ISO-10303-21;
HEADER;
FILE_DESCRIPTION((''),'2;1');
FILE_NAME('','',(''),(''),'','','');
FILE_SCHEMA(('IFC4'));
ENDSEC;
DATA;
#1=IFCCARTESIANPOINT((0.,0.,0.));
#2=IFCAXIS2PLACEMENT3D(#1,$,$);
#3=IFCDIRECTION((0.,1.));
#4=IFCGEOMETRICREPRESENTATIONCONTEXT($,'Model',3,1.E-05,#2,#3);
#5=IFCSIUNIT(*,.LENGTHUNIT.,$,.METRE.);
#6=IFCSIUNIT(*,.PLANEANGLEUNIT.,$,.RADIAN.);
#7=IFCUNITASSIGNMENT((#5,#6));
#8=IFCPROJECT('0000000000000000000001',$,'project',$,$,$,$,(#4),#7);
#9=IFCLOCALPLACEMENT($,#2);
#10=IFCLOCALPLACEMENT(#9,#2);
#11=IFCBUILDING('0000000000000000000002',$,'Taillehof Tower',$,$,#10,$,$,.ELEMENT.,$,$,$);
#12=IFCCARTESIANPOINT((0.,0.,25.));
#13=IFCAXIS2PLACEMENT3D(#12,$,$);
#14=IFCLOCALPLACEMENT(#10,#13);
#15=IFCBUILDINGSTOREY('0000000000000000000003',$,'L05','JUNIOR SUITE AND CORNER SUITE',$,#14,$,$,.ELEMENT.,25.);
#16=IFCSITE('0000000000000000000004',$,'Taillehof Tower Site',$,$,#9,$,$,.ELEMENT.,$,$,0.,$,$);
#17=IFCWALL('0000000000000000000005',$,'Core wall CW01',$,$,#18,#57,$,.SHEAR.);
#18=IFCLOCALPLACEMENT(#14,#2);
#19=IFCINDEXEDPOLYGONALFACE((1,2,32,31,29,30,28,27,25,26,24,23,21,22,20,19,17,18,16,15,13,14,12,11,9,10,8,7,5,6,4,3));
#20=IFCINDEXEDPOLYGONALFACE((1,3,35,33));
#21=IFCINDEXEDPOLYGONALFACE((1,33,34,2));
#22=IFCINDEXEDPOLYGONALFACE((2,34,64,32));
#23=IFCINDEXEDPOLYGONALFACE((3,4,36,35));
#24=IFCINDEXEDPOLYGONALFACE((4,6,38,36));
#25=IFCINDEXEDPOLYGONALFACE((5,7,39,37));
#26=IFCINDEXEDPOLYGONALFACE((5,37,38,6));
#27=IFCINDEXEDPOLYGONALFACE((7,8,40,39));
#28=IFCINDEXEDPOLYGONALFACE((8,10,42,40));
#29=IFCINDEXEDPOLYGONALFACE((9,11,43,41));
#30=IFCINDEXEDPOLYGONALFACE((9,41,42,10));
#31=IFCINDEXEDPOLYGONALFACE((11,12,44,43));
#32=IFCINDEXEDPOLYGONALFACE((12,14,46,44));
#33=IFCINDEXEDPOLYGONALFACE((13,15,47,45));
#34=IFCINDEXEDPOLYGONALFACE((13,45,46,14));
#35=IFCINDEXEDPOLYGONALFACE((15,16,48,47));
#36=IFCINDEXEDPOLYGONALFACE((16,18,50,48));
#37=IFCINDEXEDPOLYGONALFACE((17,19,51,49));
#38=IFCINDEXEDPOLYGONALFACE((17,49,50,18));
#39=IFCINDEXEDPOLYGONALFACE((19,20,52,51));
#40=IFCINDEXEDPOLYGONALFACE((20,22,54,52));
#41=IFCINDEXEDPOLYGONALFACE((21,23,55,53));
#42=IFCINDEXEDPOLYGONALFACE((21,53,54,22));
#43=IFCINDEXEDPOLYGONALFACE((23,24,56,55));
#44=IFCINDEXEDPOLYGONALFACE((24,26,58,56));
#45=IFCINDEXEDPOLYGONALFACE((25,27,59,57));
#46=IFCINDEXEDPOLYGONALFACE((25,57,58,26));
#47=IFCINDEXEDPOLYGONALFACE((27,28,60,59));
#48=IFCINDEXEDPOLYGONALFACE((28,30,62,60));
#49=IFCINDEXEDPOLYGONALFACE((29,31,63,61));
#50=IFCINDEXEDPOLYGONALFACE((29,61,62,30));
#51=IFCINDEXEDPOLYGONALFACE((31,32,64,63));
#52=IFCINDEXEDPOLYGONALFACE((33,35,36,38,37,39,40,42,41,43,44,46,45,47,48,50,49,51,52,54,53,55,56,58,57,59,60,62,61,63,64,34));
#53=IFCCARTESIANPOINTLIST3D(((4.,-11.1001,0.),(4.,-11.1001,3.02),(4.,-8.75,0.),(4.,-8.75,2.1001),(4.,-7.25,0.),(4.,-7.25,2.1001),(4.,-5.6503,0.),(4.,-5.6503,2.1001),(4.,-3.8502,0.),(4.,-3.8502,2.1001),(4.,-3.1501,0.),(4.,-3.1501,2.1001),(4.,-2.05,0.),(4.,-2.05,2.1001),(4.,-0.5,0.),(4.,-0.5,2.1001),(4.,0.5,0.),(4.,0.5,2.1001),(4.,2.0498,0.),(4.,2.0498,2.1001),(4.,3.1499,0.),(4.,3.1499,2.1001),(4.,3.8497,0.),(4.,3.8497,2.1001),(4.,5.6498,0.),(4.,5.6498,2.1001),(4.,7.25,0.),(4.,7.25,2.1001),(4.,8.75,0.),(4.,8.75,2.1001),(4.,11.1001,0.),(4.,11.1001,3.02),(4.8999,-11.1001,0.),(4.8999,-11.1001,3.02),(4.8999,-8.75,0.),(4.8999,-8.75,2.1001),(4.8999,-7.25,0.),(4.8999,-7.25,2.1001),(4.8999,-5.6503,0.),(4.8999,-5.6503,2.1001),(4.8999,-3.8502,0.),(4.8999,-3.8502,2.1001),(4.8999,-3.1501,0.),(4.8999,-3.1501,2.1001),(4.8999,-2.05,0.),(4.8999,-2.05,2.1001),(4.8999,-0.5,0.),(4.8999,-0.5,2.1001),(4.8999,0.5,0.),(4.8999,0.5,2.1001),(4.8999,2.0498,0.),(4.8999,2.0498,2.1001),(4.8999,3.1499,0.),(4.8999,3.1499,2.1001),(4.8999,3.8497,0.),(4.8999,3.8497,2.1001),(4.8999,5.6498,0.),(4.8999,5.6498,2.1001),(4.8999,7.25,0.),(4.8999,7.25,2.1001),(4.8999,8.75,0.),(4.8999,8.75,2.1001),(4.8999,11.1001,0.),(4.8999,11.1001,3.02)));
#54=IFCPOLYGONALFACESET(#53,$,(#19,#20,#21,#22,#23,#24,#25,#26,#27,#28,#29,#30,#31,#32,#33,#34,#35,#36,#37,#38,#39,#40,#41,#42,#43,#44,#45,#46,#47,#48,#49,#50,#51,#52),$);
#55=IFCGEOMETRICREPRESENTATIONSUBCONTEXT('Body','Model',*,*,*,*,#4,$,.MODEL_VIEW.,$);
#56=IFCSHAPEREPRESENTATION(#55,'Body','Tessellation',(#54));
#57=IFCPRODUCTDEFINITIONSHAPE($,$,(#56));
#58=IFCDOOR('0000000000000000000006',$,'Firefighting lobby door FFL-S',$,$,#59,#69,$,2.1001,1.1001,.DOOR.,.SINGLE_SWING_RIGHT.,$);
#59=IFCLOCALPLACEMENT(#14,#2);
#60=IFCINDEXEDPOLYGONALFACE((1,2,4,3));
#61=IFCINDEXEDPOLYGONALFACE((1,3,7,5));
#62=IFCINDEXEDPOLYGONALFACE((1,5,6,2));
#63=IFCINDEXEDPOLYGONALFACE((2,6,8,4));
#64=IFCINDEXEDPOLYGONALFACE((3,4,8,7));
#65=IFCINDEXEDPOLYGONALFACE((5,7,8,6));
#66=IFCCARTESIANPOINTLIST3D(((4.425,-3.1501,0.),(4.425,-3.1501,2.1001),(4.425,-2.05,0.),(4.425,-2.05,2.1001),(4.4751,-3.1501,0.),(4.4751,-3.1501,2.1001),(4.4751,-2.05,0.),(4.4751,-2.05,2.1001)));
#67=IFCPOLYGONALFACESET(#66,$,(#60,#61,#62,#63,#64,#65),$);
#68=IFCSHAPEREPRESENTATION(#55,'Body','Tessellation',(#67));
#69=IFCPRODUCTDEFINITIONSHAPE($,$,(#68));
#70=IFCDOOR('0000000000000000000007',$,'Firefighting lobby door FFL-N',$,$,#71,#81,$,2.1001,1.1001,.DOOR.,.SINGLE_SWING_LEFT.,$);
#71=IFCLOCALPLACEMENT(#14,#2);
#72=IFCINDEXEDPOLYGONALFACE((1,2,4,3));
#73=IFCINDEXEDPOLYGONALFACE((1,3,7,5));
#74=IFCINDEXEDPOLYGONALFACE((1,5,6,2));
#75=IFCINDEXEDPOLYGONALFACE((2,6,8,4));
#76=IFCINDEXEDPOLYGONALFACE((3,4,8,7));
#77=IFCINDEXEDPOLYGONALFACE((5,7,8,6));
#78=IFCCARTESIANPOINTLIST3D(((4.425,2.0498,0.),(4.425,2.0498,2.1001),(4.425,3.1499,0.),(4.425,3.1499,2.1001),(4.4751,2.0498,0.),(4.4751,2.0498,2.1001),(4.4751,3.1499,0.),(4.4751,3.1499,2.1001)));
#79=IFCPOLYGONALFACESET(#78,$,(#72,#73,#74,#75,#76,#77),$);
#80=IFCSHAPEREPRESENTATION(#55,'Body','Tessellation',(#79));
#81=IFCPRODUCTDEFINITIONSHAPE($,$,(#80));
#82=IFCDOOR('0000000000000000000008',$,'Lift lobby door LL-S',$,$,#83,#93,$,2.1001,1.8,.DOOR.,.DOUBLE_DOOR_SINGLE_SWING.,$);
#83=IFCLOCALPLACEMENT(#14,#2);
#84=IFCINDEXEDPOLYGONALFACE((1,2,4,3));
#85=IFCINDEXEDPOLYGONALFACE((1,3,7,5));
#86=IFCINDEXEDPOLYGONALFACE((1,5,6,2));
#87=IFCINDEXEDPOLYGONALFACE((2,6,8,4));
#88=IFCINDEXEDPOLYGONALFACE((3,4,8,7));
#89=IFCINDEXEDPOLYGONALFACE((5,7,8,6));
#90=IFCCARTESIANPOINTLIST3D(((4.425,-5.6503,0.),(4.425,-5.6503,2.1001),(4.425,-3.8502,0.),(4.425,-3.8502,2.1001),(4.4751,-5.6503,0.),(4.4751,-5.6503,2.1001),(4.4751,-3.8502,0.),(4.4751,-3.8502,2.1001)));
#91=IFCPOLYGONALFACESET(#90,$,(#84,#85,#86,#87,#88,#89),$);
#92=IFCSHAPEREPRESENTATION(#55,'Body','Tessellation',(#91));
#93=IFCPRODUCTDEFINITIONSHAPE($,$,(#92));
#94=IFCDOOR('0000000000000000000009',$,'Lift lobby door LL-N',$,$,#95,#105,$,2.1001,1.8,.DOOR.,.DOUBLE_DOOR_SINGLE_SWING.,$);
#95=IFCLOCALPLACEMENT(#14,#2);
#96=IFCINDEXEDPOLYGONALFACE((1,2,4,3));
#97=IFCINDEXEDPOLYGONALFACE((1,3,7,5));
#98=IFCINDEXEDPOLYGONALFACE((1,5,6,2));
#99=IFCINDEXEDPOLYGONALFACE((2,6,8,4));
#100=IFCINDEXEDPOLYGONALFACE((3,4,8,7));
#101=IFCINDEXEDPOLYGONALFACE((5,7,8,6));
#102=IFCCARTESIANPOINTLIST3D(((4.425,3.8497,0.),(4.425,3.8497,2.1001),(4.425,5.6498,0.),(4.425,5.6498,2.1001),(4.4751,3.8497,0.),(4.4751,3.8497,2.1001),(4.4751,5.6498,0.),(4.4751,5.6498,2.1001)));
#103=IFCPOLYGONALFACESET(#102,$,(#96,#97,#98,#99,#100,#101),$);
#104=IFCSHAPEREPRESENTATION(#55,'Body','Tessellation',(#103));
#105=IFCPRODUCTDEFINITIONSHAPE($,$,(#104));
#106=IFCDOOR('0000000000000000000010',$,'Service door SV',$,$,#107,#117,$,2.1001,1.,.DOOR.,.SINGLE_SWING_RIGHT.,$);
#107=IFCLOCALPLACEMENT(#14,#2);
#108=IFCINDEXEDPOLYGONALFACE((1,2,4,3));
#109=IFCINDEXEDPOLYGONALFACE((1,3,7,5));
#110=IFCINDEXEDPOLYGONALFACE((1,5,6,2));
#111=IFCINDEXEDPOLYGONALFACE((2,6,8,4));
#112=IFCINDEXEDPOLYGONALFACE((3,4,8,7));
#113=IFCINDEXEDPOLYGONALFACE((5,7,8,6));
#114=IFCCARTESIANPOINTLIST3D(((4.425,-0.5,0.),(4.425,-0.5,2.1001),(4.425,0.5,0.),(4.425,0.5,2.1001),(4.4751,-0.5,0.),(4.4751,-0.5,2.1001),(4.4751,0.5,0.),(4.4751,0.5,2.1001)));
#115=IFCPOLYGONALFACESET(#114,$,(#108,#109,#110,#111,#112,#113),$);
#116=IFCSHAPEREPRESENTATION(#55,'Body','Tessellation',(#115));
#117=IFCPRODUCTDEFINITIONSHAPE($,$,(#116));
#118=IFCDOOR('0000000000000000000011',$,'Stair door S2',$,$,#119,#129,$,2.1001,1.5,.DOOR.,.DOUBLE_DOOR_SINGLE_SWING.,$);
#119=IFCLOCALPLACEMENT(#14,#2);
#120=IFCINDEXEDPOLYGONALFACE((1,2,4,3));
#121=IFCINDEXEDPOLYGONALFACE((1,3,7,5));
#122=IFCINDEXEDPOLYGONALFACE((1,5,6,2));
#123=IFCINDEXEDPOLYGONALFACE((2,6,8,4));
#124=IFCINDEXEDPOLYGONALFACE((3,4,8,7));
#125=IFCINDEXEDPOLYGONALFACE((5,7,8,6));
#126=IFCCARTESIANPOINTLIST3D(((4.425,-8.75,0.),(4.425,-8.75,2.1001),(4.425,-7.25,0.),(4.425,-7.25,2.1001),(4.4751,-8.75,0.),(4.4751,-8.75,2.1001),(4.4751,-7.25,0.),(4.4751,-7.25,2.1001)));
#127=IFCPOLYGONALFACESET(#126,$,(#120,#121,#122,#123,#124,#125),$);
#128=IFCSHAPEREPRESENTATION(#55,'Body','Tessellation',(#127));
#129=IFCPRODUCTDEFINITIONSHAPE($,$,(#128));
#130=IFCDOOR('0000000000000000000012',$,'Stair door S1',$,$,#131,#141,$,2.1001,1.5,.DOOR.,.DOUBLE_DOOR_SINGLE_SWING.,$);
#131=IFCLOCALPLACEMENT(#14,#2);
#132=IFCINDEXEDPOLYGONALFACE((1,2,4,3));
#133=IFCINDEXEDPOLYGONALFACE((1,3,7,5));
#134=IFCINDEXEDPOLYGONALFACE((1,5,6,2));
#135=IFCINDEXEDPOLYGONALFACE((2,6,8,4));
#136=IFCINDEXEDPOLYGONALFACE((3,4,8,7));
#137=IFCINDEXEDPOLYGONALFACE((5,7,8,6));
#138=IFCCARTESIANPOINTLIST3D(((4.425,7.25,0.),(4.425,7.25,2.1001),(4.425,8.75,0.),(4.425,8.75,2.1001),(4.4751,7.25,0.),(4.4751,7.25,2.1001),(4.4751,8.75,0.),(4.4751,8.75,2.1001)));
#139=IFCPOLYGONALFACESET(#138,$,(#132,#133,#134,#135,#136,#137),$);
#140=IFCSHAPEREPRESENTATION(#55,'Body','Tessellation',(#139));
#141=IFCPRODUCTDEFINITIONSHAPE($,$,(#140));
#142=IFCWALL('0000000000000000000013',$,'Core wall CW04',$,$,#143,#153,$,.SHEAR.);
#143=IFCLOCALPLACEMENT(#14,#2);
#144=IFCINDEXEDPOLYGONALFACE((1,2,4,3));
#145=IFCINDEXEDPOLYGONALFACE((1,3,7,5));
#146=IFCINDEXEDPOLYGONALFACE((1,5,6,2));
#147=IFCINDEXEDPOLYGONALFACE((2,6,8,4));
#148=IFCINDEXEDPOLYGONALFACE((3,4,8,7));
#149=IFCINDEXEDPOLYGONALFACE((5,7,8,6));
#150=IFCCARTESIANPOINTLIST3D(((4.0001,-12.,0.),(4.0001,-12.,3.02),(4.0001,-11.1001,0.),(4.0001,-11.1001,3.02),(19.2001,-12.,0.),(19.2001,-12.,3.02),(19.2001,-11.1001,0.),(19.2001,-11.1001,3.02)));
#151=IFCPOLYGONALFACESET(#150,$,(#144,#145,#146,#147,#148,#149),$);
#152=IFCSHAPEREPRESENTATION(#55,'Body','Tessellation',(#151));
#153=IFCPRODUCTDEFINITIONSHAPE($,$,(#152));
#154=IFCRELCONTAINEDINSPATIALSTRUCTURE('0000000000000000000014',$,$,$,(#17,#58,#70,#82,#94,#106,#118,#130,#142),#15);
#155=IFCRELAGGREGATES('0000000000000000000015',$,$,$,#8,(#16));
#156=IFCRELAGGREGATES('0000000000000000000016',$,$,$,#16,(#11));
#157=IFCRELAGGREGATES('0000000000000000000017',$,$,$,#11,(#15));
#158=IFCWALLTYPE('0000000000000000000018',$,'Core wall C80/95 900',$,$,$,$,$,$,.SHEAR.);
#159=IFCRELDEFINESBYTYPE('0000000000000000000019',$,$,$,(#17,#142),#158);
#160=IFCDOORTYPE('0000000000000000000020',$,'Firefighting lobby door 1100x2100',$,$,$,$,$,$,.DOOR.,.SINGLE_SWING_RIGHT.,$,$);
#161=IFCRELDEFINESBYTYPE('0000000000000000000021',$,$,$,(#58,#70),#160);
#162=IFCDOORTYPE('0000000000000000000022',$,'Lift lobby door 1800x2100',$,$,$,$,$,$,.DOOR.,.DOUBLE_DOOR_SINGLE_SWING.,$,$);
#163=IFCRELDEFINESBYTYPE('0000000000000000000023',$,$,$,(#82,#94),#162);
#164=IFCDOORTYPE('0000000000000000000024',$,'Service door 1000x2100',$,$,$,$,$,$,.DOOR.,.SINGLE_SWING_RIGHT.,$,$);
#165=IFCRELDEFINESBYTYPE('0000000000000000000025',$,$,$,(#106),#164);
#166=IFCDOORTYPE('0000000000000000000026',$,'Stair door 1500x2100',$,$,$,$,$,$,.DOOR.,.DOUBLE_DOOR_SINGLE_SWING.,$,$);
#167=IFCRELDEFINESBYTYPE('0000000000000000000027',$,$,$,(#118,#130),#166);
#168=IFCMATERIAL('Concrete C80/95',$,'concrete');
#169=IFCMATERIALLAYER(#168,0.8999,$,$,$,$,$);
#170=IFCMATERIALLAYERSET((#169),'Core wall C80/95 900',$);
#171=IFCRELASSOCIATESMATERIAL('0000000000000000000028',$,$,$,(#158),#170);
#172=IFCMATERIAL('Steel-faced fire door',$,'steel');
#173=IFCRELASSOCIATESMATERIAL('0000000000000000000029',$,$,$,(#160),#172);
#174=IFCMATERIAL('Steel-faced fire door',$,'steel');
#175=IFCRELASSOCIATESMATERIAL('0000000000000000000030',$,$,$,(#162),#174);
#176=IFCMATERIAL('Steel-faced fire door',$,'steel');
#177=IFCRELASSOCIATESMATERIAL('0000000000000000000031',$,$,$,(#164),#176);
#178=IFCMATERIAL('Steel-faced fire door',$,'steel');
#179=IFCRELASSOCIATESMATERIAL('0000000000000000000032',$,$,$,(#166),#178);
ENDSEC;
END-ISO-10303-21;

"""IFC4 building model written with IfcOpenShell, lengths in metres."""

from ifc_helpers import new_model, si_unit, direction, frame, frame_2d, origin, place, context, subcontext, project, spatial, rectangle, extrude, material, layer, layer_set, type_object, element, fill, save


model = new_model("IFC4")

# Units and contexts
model_context = context("Model", 3, precision=1e-05, world=origin(), true_north=direction((0.0, 1.0)))
body_context = subcontext(model_context, "Body", "Model", "MODEL_VIEW")
ifc_project = project(units=[si_unit("LENGTHUNIT", "METRE"), si_unit("PLANEANGLEUNIT", "RADIAN")], contexts=[model_context])

# Site, building, storey
site_placement = place(None, origin())
site = spatial("IfcSite", under=ifc_project, at=site_placement, Name="Taillehof Tower Site", CompositionType="ELEMENT", RefElevation=0.0)
building_placement = place(site_placement, origin())
building = spatial("IfcBuilding", under=site, at=building_placement, Name="Taillehof Tower", CompositionType="ELEMENT")
storey_placement = place(building_placement, frame((0.0, 0.0, 25.0)))
storey = spatial("IfcBuildingStorey", under=building, at=storey_placement, Name="L05", Description="JUNIOR SUITE AND CORNER SUITE", CompositionType="ELEMENT", Elevation=25.0)

# Wall, openings, doors
ifc_material_1 = material(Name="Concrete C80/95", Category="concrete")
ifc_layer_1 = layer(ifc_material_1, 0.8999)
ifc_layer_set_1 = layer_set([ifc_layer_1], Name="Core wall C80/95 900")
wall_type_1 = type_object("IfcWallType", Name="Core wall C80/95 900", PredefinedType="SHEAR", material=ifc_layer_set_1)
wall_1_placement = place(storey_placement, frame((4.45, -11.1001, 0.0), z_axis=(0.0, 0.0, 1.0), x_axis=(0.0, 1.0, 0.0)))
wall_1 = element("IfcWall", 1, at=wall_1_placement, inside=storey, type_object=wall_type_1, Name="Core wall CW01", PredefinedType="SHEAR", context=body_context, shape_type="SweptSolid", body=[
    extrude(rectangle(XDim=22.2002, YDim=0.8999, at=frame_2d((11.1001, 0.0))), origin(), (0.0, 0.0, 1.0), 3.02),
])
opening_1_placement = place(wall_1_placement, frame((2.3501, 0.0, 0.0)))
opening_1 = element("IfcOpeningElement", 2, at=opening_1_placement, cuts=wall_1, PredefinedType="OPENING", context=body_context, shape_type="SweptSolid", body=[
    extrude(rectangle(XDim=1.5, YDim=2.1001, at=frame_2d((0.75, 1.05))), frame((0.0, 0.46, 0.0), z_axis=(0.0, -1.0, 0.0), x_axis=(1.0, 0.0, 0.0)), (0.0, 0.0, 1.0), 0.9199),
])
opening_2_placement = place(wall_1_placement, frame((5.45, 0.0, 0.0)))
opening_2 = element("IfcOpeningElement", 3, at=opening_2_placement, cuts=wall_1, PredefinedType="OPENING", context=body_context, shape_type="SweptSolid", body=[
    extrude(rectangle(XDim=1.8, YDim=2.1001, at=frame_2d((0.8999, 1.05))), frame((0.0, 0.46, 0.0), z_axis=(0.0, -1.0, 0.0), x_axis=(1.0, 0.0, 0.0)), (0.0, 0.0, 1.0), 0.9199),
])
opening_3_placement = place(wall_1_placement, frame((7.95, 0.0, 0.0)))
opening_3 = element("IfcOpeningElement", 4, at=opening_3_placement, cuts=wall_1, PredefinedType="OPENING", context=body_context, shape_type="SweptSolid", body=[
    extrude(rectangle(XDim=1.1001, YDim=2.1001, at=frame_2d((0.55, 1.05))), frame((0.0, 0.46, 0.0), z_axis=(0.0, -1.0, 0.0), x_axis=(1.0, 0.0, 0.0)), (0.0, 0.0, 1.0), 0.9199),
])
opening_4_placement = place(wall_1_placement, frame((10.6001, 0.0, 0.0)))
opening_4 = element("IfcOpeningElement", 5, at=opening_4_placement, cuts=wall_1, PredefinedType="OPENING", context=body_context, shape_type="SweptSolid", body=[
    extrude(rectangle(XDim=1.0, YDim=2.1001, at=frame_2d((0.5, 1.05))), frame((0.0, 0.46, 0.0), z_axis=(0.0, -1.0, 0.0), x_axis=(1.0, 0.0, 0.0)), (0.0, 0.0, 1.0), 0.9199),
])
opening_5_placement = place(wall_1_placement, frame((13.1499, 0.0, 0.0)))
opening_5 = element("IfcOpeningElement", 6, at=opening_5_placement, cuts=wall_1, PredefinedType="OPENING", context=body_context, shape_type="SweptSolid", body=[
    extrude(rectangle(XDim=1.1001, YDim=2.1001, at=frame_2d((0.55, 1.05))), frame((0.0, 0.46, 0.0), z_axis=(0.0, -1.0, 0.0), x_axis=(1.0, 0.0, 0.0)), (0.0, 0.0, 1.0), 0.9199),
])
opening_6_placement = place(wall_1_placement, frame((14.95, 0.0, 0.0)))
opening_6 = element("IfcOpeningElement", 7, at=opening_6_placement, cuts=wall_1, PredefinedType="OPENING", context=body_context, shape_type="SweptSolid", body=[
    extrude(rectangle(XDim=1.8, YDim=2.1001, at=frame_2d((0.8999, 1.05))), frame((0.0, 0.46, 0.0), z_axis=(0.0, -1.0, 0.0), x_axis=(1.0, 0.0, 0.0)), (0.0, 0.0, 1.0), 0.9199),
])
opening_7_placement = place(wall_1_placement, frame((18.3501, 0.0, 0.0)))
opening_7 = element("IfcOpeningElement", 8, at=opening_7_placement, cuts=wall_1, PredefinedType="OPENING", context=body_context, shape_type="SweptSolid", body=[
    extrude(rectangle(XDim=1.5, YDim=2.1001, at=frame_2d((0.75, 1.05))), frame((0.0, 0.46, 0.0), z_axis=(0.0, -1.0, 0.0), x_axis=(1.0, 0.0, 0.0)), (0.0, 0.0, 1.0), 0.9199),
])
ifc_material_2 = material(Name="Steel-faced fire door", Category="steel")
door_type_1 = type_object("IfcDoorType", Name="Firefighting lobby door 1100x2100", OperationType="SINGLE_SWING_RIGHT", PredefinedType="DOOR", material=ifc_material_2)
door_1_placement = place(opening_3_placement, origin())
door_1 = element("IfcDoor", 9, at=door_1_placement, inside=storey, type_object=door_type_1, Name="Firefighting lobby door FFL-S", OperationType="SINGLE_SWING_RIGHT", OverallHeight=2.1001, OverallWidth=1.1001, PredefinedType="DOOR", context=body_context, shape_type="SweptSolid", body=[
    extrude(rectangle(XDim=1.1001, YDim=2.1001, at=frame_2d((0.55, 1.05))), frame((0.0, 0.0249, 0.0), z_axis=(0.0, -1.0, 0.0), x_axis=(1.0, 0.0, 0.0)), (0.0, 0.0, 1.0), 0.05),
])
fill(opening_3, door_1)
door_2_placement = place(opening_5_placement, origin())
door_2 = element("IfcDoor", 10, at=door_2_placement, inside=storey, type_object=door_type_1, Name="Firefighting lobby door FFL-N", OperationType="SINGLE_SWING_LEFT", OverallHeight=2.1001, OverallWidth=1.1001, PredefinedType="DOOR", context=body_context, shape_type="SweptSolid", body=[
    extrude(rectangle(XDim=1.1001, YDim=2.1001, at=frame_2d((0.55, 1.05))), frame((0.0, 0.0249, 0.0), z_axis=(0.0, -1.0, 0.0), x_axis=(1.0, 0.0, 0.0)), (0.0, 0.0, 1.0), 0.05),
])
fill(opening_5, door_2)
ifc_material_3 = material(Name="Steel-faced fire door", Category="steel")
door_type_2 = type_object("IfcDoorType", Name="Lift lobby door 1800x2100", OperationType="DOUBLE_DOOR_SINGLE_SWING", PredefinedType="DOOR", material=ifc_material_3)
door_3_placement = place(opening_2_placement, origin())
door_3 = element("IfcDoor", 11, at=door_3_placement, inside=storey, type_object=door_type_2, Name="Lift lobby door LL-S", OperationType="DOUBLE_DOOR_SINGLE_SWING", OverallHeight=2.1001, OverallWidth=1.8, PredefinedType="DOOR", context=body_context, shape_type="SweptSolid", body=[
    extrude(rectangle(XDim=1.8, YDim=2.1001, at=frame_2d((0.8999, 1.05))), frame((0.0, 0.0249, 0.0), z_axis=(0.0, -1.0, 0.0), x_axis=(1.0, 0.0, 0.0)), (0.0, 0.0, 1.0), 0.05),
])
fill(opening_2, door_3)
door_4_placement = place(opening_6_placement, origin())
door_4 = element("IfcDoor", 12, at=door_4_placement, inside=storey, type_object=door_type_2, Name="Lift lobby door LL-N", OperationType="DOUBLE_DOOR_SINGLE_SWING", OverallHeight=2.1001, OverallWidth=1.8, PredefinedType="DOOR", context=body_context, shape_type="SweptSolid", body=[
    extrude(rectangle(XDim=1.8, YDim=2.1001, at=frame_2d((0.8999, 1.05))), frame((0.0, 0.0249, 0.0), z_axis=(0.0, -1.0, 0.0), x_axis=(1.0, 0.0, 0.0)), (0.0, 0.0, 1.0), 0.05),
])
fill(opening_6, door_4)
ifc_material_4 = material(Name="Steel-faced fire door", Category="steel")
door_type_3 = type_object("IfcDoorType", Name="Service door 1000x2100", OperationType="SINGLE_SWING_RIGHT", PredefinedType="DOOR", material=ifc_material_4)
door_5_placement = place(opening_4_placement, origin())
door_5 = element("IfcDoor", 13, at=door_5_placement, inside=storey, type_object=door_type_3, Name="Service door SV", OperationType="SINGLE_SWING_RIGHT", OverallHeight=2.1001, OverallWidth=1.0, PredefinedType="DOOR", context=body_context, shape_type="SweptSolid", body=[
    extrude(rectangle(XDim=1.0, YDim=2.1001, at=frame_2d((0.5, 1.05))), frame((0.0, 0.0249, 0.0), z_axis=(0.0, -1.0, 0.0), x_axis=(1.0, 0.0, 0.0)), (0.0, 0.0, 1.0), 0.05),
])
fill(opening_4, door_5)
ifc_material_5 = material(Name="Steel-faced fire door", Category="steel")
door_type_4 = type_object("IfcDoorType", Name="Stair door 1500x2100", OperationType="DOUBLE_DOOR_SINGLE_SWING", PredefinedType="DOOR", material=ifc_material_5)
door_6_placement = place(opening_1_placement, origin())
door_6 = element("IfcDoor", 14, at=door_6_placement, inside=storey, type_object=door_type_4, Name="Stair door S2", OperationType="DOUBLE_DOOR_SINGLE_SWING", OverallHeight=2.1001, OverallWidth=1.5, PredefinedType="DOOR", context=body_context, shape_type="SweptSolid", body=[
    extrude(rectangle(XDim=1.5, YDim=2.1001, at=frame_2d((0.75, 1.05))), frame((0.0, 0.0249, 0.0), z_axis=(0.0, -1.0, 0.0), x_axis=(1.0, 0.0, 0.0)), (0.0, 0.0, 1.0), 0.05),
])
fill(opening_1, door_6)
door_7_placement = place(opening_7_placement, origin())
door_7 = element("IfcDoor", 15, at=door_7_placement, inside=storey, type_object=door_type_4, Name="Stair door S1", OperationType="DOUBLE_DOOR_SINGLE_SWING", OverallHeight=2.1001, OverallWidth=1.5, PredefinedType="DOOR", context=body_context, shape_type="SweptSolid", body=[
    extrude(rectangle(XDim=1.5, YDim=2.1001, at=frame_2d((0.75, 1.05))), frame((0.0, 0.0249, 0.0), z_axis=(0.0, -1.0, 0.0), x_axis=(1.0, 0.0, 0.0)), (0.0, 0.0, 1.0), 0.05),
])
fill(opening_7, door_7)

# Wall
wall_2_placement = place(storey_placement, frame((4.0, -11.55, 0.0), z_axis=(0.0, 0.0, 1.0), x_axis=(1.0, 0.0, 0.0)))
element("IfcWall", 16, at=wall_2_placement, inside=storey, type_object=wall_type_1, Name="Core wall CW04", PredefinedType="SHEAR", context=body_context, shape_type="SweptSolid", body=[
    extrude(rectangle(XDim=15.2, YDim=0.8999, at=frame_2d((7.6001, 0.0))), origin(), (0.0, 0.0, 1.0), 3.02),
])

save(model, "model.ifc")
